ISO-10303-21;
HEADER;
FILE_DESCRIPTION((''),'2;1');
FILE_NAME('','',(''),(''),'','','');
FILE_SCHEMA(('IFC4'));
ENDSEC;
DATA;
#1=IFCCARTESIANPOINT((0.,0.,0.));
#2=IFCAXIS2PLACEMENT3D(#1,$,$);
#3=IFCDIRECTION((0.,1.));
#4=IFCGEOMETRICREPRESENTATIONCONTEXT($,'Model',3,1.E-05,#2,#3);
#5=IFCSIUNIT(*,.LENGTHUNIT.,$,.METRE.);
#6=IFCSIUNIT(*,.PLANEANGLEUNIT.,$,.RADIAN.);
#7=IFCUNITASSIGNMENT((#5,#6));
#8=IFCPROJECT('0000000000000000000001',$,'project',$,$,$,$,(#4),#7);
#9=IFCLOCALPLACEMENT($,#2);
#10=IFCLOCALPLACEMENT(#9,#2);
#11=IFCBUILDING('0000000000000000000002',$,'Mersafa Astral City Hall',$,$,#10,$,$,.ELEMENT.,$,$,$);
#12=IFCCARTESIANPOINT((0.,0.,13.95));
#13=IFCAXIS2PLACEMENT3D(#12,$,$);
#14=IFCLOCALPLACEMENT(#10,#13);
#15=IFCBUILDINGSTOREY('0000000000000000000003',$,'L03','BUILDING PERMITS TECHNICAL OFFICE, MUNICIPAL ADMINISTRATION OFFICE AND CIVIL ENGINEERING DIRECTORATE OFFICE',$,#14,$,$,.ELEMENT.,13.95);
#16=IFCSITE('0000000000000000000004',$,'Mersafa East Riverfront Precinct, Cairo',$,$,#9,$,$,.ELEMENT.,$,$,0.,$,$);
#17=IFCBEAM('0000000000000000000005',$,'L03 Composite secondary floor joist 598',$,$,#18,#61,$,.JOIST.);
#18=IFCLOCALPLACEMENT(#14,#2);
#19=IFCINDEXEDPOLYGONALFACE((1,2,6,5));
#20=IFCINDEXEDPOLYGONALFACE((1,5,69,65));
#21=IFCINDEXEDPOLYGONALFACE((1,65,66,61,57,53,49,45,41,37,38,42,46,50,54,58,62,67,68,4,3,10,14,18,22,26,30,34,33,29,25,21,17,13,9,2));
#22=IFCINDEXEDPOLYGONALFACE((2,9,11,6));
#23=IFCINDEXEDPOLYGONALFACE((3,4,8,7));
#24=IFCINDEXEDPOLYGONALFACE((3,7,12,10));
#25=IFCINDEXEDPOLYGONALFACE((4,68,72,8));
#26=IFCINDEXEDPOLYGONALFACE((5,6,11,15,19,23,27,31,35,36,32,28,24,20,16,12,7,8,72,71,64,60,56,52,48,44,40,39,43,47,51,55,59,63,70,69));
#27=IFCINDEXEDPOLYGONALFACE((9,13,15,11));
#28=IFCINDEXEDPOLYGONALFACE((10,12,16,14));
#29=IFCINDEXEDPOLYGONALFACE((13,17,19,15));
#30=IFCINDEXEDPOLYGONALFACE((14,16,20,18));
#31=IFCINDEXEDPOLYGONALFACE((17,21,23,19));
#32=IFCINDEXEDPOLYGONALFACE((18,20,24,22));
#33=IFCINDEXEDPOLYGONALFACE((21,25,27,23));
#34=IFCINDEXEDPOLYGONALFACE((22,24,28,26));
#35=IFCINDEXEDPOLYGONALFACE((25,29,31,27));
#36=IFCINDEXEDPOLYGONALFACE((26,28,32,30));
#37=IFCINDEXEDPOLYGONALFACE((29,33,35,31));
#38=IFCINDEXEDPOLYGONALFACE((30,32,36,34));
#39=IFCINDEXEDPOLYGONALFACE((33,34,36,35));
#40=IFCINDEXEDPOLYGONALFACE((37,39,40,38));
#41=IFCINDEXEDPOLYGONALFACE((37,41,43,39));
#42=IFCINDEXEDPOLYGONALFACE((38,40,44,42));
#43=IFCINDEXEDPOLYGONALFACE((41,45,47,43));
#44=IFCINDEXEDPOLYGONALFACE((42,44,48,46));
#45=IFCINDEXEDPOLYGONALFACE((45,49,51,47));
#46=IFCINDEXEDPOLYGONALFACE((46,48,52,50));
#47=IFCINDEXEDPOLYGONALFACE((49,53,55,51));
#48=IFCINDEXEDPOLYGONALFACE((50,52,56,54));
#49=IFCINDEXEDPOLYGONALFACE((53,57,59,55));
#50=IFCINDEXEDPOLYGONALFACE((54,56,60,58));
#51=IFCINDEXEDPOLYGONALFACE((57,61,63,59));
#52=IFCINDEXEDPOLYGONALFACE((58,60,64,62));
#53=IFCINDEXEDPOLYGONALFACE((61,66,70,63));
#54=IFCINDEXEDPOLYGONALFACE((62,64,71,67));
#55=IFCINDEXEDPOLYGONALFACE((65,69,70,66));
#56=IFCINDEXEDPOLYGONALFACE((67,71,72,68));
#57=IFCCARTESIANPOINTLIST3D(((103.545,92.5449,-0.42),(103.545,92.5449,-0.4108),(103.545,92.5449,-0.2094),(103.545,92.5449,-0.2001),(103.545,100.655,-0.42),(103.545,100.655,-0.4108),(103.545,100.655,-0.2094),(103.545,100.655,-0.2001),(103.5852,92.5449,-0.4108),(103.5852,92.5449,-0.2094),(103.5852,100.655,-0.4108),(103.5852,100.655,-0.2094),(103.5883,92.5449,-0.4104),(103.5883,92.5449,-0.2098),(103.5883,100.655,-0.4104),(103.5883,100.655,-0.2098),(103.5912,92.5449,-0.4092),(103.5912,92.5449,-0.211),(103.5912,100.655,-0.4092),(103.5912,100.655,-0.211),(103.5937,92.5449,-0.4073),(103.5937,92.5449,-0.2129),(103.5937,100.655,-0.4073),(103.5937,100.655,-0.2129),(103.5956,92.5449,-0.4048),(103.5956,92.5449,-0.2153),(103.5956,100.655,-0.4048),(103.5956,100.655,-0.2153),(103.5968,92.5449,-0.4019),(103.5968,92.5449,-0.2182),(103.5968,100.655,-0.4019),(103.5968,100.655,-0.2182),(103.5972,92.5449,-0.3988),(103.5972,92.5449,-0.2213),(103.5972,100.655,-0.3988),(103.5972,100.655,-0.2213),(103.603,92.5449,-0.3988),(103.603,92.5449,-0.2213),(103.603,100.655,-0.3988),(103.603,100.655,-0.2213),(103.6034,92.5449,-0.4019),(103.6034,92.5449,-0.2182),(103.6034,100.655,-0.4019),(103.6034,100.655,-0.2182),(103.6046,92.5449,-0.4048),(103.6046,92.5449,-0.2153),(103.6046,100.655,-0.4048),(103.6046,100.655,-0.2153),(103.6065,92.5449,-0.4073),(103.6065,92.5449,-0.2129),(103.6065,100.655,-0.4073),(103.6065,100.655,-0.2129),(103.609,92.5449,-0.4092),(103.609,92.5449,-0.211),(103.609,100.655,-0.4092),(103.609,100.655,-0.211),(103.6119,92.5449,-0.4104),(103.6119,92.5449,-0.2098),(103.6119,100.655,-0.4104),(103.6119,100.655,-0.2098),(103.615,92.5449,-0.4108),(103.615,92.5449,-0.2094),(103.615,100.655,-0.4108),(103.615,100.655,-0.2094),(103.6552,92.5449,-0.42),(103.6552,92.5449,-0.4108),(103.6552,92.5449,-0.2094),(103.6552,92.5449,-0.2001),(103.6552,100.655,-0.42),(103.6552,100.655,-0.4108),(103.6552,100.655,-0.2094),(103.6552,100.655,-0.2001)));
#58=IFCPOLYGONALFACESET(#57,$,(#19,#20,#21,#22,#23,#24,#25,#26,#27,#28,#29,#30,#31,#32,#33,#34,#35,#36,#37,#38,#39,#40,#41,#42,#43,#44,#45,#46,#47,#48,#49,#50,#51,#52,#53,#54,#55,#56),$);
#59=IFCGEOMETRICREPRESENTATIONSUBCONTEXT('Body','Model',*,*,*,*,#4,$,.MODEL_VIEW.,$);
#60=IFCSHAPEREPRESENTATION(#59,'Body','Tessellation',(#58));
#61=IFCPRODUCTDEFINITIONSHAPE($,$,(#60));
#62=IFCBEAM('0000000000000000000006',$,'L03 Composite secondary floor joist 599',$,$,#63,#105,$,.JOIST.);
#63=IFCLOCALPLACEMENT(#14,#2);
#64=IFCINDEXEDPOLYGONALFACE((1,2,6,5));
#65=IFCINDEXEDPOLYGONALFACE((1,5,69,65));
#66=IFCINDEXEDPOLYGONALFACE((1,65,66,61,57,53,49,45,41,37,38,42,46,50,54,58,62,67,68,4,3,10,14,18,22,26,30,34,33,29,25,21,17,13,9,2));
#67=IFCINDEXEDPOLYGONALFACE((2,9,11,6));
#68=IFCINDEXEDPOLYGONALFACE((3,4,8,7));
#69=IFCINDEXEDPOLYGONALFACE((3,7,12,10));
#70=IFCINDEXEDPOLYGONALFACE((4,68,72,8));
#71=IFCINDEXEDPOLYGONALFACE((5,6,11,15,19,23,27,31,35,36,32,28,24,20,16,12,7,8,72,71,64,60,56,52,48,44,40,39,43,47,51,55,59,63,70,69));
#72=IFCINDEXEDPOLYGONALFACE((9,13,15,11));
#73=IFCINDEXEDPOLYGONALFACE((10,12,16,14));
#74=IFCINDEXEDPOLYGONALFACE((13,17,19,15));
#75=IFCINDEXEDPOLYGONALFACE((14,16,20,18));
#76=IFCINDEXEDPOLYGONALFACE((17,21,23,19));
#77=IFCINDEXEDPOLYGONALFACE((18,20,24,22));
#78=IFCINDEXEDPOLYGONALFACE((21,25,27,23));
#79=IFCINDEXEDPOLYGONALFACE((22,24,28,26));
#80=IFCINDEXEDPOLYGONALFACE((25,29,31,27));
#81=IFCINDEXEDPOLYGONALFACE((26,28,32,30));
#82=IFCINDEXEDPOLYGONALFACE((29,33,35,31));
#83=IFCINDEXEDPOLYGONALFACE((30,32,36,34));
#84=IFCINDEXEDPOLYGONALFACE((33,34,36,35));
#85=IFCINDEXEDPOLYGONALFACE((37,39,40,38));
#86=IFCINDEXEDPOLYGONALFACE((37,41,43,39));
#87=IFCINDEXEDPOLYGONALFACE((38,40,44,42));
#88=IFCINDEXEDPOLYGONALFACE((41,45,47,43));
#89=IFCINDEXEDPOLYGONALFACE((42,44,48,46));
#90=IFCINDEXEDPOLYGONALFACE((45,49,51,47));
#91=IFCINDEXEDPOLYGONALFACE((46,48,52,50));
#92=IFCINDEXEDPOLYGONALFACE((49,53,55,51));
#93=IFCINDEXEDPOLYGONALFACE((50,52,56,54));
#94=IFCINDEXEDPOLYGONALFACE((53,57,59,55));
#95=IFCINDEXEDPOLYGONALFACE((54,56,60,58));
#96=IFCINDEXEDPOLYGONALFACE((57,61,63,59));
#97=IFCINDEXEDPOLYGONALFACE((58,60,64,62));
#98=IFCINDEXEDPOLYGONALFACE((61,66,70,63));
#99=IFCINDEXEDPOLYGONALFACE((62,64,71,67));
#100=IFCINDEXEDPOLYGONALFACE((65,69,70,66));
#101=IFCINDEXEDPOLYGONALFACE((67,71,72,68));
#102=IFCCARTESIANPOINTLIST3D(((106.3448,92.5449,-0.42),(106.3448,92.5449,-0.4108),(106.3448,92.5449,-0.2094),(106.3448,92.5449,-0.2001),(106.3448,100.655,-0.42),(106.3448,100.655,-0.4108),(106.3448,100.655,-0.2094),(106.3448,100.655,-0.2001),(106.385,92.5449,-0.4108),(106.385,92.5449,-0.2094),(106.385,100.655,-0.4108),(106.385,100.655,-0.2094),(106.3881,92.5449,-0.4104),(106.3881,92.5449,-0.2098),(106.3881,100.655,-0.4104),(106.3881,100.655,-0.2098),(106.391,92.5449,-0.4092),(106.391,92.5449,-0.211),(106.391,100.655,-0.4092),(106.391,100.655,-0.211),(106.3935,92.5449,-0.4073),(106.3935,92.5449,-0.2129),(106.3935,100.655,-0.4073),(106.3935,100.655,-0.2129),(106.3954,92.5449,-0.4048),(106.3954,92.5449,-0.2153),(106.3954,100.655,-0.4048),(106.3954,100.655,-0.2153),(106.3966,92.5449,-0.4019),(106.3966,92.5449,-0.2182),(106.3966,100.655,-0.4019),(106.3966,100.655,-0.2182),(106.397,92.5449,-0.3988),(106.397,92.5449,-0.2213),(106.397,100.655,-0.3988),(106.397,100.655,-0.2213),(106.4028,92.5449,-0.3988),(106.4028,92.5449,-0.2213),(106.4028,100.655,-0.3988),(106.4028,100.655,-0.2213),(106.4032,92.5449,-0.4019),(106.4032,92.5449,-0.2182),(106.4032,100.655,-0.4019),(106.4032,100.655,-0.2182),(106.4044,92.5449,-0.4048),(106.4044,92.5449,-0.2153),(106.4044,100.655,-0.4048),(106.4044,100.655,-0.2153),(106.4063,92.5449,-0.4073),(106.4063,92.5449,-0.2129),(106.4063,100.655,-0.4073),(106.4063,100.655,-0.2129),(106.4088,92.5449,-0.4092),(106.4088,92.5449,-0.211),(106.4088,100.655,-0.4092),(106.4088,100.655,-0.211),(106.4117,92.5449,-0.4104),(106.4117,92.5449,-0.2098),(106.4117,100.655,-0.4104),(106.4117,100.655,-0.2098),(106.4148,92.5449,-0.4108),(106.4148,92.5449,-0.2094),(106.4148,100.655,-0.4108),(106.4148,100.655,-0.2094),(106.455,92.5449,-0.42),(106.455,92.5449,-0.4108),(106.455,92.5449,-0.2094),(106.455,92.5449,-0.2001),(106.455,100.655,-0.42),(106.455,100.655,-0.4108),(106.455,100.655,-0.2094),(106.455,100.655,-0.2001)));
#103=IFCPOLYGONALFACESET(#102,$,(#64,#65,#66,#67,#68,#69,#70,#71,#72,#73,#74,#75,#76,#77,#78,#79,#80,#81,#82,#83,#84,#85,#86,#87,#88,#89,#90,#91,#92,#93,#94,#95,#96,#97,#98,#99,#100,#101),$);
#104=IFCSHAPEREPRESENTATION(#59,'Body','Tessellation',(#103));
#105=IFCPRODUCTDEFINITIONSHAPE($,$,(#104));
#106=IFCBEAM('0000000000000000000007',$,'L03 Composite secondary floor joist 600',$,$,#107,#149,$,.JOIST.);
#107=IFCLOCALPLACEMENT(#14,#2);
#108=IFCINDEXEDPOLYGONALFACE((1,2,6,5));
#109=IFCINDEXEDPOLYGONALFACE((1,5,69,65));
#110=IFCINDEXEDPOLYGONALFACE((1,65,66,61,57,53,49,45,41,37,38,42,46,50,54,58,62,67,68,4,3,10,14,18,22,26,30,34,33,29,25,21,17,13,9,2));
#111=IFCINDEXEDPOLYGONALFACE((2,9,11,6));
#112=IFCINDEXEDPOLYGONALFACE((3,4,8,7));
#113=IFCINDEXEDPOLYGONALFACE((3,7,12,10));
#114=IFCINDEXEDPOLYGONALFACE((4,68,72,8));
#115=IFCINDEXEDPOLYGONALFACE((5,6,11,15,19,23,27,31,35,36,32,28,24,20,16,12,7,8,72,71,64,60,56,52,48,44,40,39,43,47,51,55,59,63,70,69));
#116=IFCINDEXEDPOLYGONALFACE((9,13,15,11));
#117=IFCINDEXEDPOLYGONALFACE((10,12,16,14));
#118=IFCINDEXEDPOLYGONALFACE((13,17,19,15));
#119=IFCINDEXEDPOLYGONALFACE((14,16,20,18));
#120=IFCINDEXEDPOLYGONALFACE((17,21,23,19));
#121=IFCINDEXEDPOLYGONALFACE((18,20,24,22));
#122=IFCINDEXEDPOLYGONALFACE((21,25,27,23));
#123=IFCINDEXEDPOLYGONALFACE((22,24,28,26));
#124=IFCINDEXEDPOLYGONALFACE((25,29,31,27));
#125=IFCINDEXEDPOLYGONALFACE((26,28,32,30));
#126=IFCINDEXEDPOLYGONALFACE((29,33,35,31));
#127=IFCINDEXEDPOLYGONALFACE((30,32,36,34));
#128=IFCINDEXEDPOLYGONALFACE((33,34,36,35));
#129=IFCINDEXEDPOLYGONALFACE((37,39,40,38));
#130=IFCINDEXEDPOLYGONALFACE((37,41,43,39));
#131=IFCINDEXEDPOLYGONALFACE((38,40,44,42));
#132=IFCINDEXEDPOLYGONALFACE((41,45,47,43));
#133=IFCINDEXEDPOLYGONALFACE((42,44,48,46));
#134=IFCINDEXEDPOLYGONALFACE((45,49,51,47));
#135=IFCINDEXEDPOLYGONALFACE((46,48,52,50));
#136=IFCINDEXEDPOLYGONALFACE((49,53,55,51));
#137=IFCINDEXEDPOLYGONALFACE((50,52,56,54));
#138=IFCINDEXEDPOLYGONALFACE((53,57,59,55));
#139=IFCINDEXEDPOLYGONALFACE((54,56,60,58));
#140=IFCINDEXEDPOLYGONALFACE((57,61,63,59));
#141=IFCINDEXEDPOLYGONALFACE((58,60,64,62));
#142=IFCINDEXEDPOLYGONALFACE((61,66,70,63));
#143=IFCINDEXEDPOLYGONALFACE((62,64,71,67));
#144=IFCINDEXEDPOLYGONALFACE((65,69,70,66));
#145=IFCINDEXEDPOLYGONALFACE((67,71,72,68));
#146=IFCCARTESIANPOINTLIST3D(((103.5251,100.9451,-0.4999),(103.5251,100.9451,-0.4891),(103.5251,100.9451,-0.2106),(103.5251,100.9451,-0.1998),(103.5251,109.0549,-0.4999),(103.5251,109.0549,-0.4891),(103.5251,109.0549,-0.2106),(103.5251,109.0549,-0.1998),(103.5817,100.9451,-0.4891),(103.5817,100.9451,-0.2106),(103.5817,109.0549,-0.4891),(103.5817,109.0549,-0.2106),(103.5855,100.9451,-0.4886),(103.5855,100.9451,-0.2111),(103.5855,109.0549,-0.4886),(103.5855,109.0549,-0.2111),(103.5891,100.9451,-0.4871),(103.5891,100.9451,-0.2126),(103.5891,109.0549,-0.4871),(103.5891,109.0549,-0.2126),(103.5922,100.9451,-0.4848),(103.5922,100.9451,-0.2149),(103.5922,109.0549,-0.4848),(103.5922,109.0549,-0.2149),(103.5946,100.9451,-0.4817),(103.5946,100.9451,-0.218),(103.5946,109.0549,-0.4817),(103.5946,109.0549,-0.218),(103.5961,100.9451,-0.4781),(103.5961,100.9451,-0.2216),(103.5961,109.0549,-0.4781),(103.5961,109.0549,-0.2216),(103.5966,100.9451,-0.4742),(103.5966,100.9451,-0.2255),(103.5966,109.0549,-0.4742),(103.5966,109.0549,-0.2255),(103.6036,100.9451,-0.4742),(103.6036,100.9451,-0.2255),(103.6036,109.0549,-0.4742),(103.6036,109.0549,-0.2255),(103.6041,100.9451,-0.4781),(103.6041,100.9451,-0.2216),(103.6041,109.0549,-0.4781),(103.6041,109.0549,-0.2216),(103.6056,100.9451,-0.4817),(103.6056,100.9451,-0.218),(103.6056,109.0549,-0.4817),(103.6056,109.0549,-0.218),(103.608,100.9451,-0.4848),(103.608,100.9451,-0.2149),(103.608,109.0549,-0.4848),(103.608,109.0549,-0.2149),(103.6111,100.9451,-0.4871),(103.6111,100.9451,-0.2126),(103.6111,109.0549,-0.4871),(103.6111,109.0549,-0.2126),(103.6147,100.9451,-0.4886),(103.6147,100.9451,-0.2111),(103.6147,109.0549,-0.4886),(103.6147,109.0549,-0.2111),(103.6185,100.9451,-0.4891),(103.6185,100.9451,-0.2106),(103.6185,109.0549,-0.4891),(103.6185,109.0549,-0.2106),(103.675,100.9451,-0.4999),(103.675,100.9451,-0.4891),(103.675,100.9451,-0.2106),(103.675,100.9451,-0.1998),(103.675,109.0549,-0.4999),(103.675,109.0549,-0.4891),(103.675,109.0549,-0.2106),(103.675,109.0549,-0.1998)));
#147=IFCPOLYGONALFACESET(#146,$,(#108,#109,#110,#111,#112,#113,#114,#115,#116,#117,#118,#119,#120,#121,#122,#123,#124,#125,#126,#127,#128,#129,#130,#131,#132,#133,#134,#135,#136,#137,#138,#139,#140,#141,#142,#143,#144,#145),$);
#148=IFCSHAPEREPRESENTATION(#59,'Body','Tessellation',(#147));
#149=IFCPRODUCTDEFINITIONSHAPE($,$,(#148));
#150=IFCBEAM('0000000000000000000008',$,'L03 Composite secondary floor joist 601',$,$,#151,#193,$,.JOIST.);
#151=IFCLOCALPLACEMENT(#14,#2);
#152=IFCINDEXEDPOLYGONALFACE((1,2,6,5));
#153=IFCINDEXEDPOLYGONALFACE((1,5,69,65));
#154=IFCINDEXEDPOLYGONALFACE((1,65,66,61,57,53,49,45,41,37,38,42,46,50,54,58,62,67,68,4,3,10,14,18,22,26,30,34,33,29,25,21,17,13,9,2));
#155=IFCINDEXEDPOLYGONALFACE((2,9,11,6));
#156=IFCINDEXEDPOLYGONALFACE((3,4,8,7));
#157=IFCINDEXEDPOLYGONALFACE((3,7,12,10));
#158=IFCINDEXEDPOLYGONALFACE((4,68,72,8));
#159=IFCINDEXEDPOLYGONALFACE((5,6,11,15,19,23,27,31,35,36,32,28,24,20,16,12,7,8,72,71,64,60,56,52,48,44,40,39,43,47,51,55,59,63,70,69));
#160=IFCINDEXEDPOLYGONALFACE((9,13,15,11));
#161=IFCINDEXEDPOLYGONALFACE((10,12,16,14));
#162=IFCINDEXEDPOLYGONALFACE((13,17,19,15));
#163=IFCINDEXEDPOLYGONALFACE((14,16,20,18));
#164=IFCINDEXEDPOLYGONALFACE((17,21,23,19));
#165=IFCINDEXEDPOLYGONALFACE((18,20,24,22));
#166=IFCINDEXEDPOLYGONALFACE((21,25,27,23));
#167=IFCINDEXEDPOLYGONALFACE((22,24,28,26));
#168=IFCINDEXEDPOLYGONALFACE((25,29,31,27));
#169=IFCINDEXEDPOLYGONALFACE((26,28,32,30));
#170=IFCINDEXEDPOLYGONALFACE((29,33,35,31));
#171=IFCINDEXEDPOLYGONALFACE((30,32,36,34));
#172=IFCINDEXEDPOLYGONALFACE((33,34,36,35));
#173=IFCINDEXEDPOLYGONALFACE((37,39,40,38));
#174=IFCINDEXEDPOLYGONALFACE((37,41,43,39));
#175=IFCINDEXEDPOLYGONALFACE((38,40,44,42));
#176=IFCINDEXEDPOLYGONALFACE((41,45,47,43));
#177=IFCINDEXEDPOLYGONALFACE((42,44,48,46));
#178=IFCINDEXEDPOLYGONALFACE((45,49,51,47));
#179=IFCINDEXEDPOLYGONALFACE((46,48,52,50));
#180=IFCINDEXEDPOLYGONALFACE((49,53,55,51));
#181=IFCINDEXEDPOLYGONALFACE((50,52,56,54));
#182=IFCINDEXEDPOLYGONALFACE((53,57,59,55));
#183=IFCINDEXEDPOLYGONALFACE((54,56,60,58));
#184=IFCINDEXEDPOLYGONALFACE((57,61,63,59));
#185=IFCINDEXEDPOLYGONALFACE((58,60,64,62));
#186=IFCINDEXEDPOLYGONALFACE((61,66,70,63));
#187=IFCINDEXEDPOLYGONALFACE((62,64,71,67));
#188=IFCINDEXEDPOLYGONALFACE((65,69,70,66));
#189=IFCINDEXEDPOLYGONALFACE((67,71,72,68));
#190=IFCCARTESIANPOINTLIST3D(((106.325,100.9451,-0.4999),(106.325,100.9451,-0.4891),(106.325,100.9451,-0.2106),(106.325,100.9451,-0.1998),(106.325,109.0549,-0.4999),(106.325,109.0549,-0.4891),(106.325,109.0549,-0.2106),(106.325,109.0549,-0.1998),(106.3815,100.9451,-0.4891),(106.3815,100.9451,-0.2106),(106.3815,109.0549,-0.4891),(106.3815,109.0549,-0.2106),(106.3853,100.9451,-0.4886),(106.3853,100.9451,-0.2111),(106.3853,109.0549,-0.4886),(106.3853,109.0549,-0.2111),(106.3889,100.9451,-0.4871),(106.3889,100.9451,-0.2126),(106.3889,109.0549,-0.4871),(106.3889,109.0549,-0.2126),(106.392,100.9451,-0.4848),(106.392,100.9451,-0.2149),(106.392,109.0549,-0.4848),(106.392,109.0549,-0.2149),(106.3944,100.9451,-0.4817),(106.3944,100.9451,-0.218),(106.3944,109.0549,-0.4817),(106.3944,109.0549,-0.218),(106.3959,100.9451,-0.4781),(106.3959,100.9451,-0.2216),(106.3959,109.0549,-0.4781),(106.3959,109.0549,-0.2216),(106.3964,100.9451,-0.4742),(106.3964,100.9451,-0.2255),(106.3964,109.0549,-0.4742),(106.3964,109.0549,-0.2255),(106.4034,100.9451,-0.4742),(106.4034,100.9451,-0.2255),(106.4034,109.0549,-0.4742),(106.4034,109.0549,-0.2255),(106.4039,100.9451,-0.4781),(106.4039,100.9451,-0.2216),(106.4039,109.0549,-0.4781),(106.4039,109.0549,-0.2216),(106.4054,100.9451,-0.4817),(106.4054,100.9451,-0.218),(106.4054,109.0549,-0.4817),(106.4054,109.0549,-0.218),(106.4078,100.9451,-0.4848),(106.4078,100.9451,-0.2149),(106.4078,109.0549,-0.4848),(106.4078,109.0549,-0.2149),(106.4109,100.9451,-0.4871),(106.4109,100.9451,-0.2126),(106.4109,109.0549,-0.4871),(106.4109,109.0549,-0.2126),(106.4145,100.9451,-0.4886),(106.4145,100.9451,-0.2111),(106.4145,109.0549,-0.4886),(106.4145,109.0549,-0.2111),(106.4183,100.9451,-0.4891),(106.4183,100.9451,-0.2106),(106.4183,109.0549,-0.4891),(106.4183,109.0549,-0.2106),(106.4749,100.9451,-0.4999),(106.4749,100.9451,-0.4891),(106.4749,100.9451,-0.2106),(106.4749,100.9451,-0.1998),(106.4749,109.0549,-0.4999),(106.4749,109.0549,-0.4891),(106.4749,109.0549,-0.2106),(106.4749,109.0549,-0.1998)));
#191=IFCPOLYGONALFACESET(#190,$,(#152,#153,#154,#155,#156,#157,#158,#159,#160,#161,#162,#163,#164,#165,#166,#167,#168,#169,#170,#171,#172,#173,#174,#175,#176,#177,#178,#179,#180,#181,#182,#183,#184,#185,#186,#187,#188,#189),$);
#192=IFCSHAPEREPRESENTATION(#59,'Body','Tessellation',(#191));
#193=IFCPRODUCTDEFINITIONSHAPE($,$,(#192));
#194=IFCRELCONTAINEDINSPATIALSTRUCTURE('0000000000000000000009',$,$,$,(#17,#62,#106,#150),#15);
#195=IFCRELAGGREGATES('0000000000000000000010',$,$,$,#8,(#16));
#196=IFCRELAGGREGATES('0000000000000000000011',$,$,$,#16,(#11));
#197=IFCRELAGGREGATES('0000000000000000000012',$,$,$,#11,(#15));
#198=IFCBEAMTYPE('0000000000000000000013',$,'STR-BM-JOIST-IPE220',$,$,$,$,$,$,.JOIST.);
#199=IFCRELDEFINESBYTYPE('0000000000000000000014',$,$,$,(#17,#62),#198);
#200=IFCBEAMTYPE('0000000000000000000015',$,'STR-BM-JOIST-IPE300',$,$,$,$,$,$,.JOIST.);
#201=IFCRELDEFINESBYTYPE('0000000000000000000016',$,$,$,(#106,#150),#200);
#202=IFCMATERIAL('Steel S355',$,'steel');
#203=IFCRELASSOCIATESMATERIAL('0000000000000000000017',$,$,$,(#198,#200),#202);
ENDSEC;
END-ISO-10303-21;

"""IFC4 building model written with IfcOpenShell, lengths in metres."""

from ifc_helpers import new_model, si_unit, direction, frame, origin, origin_2d, place, context, subcontext, project, spatial, i_section, extrude, material, material_profile, profile_set, type_object, element, save


model = new_model("IFC4")

# Units and contexts
model_context = context("Model", 3, precision=1e-05, world=origin(), true_north=direction((0.0, 1.0)))
body_context = subcontext(model_context, "Body", "Model", "MODEL_VIEW")
ifc_project = project(units=[si_unit("LENGTHUNIT", "METRE"), si_unit("PLANEANGLEUNIT", "RADIAN")], contexts=[model_context])

# Site, building, storey
site_placement = place(None, origin())
site = spatial("IfcSite", under=ifc_project, at=site_placement, Name="Mersafa East Riverfront Precinct, Cairo", CompositionType="ELEMENT", RefElevation=0.0)
building_placement = place(site_placement, origin())
building = spatial("IfcBuilding", under=site, at=building_placement, Name="Mersafa Astral City Hall", CompositionType="ELEMENT")
storey_placement = place(building_placement, frame((0.0, 0.0, 13.95)))
storey = spatial("IfcBuildingStorey", under=building, at=storey_placement, Name="L03", Description="BUILDING PERMITS TECHNICAL OFFICE, MUNICIPAL ADMINISTRATION OFFICE AND CIVIL ENGINEERING DIRECTORATE OFFICE", CompositionType="ELEMENT", Elevation=13.95)

# Shared definitions
ifc_material_1 = material(Name="Steel S355", Category="steel")

# Beams
ifc_material_profile_1 = material_profile(ifc_material_1, i_section(OverallWidth=0.1101, OverallDepth=0.22, WebThickness=0.0059, FlangeThickness=0.0093, FilletRadius=0.012, at=origin_2d()), Name="IPE 220")
ifc_profile_set_1 = profile_set([ifc_material_profile_1], Name="Steel S355")
beam_type_1 = type_object("IfcBeamType", Name="STR-BM-JOIST-IPE220", PredefinedType="JOIST", material=ifc_profile_set_1)
for number, where, z_axis, x_axis, name in (
    (1, (103.6001, 92.5449, -0.3101), (0.0, 1.0, 0.0), (-1.0, 0.0, 0.0), "L03 Composite secondary floor joist 598"),
    (2, (106.3999, 92.5449, -0.3101), (0.0, 1.0, 0.0), (-1.0, 0.0, 0.0), "L03 Composite secondary floor joist 599"),
):
    element("IfcBeam", number, at=place(storey_placement, frame(where, z_axis=z_axis, x_axis=x_axis)), inside=storey, type_object=beam_type_1, Name=name, PredefinedType="JOIST", context=body_context, shape_type="SweptSolid", body=[
        extrude(i_section(OverallWidth=0.1101, OverallDepth=0.22, WebThickness=0.0059, FlangeThickness=0.0093, FilletRadius=0.012, at=origin_2d()), origin(), (0.0, 0.0, 1.0), 8.1101),
    ])
ifc_material_profile_2 = material_profile(ifc_material_1, i_section(OverallWidth=0.1499, OverallDepth=0.3, WebThickness=0.0071, FlangeThickness=0.0107, FilletRadius=0.0149, at=origin_2d()), Name="IPE 300")
ifc_profile_set_2 = profile_set([ifc_material_profile_2], Name="Steel S355")
beam_type_2 = type_object("IfcBeamType", Name="STR-BM-JOIST-IPE300", PredefinedType="JOIST", material=ifc_profile_set_2)
for number, where, z_axis, x_axis, name in (
    (3, (103.6001, 100.9451, -0.3499), (0.0, 1.0, 0.0), (-1.0, 0.0, 0.0), "L03 Composite secondary floor joist 600"),
    (4, (106.3999, 100.9451, -0.3499), (0.0, 1.0, 0.0), (-1.0, 0.0, 0.0), "L03 Composite secondary floor joist 601"),
):
    element("IfcBeam", number, at=place(storey_placement, frame(where, z_axis=z_axis, x_axis=x_axis)), inside=storey, type_object=beam_type_2, Name=name, PredefinedType="JOIST", context=body_context, shape_type="SweptSolid", body=[
        extrude(i_section(OverallWidth=0.1499, OverallDepth=0.3, WebThickness=0.0071, FlangeThickness=0.0107, FilletRadius=0.0149, at=origin_2d()), origin(), (0.0, 0.0, 1.0), 8.1099),
    ])

save(model, "model.ifc")
